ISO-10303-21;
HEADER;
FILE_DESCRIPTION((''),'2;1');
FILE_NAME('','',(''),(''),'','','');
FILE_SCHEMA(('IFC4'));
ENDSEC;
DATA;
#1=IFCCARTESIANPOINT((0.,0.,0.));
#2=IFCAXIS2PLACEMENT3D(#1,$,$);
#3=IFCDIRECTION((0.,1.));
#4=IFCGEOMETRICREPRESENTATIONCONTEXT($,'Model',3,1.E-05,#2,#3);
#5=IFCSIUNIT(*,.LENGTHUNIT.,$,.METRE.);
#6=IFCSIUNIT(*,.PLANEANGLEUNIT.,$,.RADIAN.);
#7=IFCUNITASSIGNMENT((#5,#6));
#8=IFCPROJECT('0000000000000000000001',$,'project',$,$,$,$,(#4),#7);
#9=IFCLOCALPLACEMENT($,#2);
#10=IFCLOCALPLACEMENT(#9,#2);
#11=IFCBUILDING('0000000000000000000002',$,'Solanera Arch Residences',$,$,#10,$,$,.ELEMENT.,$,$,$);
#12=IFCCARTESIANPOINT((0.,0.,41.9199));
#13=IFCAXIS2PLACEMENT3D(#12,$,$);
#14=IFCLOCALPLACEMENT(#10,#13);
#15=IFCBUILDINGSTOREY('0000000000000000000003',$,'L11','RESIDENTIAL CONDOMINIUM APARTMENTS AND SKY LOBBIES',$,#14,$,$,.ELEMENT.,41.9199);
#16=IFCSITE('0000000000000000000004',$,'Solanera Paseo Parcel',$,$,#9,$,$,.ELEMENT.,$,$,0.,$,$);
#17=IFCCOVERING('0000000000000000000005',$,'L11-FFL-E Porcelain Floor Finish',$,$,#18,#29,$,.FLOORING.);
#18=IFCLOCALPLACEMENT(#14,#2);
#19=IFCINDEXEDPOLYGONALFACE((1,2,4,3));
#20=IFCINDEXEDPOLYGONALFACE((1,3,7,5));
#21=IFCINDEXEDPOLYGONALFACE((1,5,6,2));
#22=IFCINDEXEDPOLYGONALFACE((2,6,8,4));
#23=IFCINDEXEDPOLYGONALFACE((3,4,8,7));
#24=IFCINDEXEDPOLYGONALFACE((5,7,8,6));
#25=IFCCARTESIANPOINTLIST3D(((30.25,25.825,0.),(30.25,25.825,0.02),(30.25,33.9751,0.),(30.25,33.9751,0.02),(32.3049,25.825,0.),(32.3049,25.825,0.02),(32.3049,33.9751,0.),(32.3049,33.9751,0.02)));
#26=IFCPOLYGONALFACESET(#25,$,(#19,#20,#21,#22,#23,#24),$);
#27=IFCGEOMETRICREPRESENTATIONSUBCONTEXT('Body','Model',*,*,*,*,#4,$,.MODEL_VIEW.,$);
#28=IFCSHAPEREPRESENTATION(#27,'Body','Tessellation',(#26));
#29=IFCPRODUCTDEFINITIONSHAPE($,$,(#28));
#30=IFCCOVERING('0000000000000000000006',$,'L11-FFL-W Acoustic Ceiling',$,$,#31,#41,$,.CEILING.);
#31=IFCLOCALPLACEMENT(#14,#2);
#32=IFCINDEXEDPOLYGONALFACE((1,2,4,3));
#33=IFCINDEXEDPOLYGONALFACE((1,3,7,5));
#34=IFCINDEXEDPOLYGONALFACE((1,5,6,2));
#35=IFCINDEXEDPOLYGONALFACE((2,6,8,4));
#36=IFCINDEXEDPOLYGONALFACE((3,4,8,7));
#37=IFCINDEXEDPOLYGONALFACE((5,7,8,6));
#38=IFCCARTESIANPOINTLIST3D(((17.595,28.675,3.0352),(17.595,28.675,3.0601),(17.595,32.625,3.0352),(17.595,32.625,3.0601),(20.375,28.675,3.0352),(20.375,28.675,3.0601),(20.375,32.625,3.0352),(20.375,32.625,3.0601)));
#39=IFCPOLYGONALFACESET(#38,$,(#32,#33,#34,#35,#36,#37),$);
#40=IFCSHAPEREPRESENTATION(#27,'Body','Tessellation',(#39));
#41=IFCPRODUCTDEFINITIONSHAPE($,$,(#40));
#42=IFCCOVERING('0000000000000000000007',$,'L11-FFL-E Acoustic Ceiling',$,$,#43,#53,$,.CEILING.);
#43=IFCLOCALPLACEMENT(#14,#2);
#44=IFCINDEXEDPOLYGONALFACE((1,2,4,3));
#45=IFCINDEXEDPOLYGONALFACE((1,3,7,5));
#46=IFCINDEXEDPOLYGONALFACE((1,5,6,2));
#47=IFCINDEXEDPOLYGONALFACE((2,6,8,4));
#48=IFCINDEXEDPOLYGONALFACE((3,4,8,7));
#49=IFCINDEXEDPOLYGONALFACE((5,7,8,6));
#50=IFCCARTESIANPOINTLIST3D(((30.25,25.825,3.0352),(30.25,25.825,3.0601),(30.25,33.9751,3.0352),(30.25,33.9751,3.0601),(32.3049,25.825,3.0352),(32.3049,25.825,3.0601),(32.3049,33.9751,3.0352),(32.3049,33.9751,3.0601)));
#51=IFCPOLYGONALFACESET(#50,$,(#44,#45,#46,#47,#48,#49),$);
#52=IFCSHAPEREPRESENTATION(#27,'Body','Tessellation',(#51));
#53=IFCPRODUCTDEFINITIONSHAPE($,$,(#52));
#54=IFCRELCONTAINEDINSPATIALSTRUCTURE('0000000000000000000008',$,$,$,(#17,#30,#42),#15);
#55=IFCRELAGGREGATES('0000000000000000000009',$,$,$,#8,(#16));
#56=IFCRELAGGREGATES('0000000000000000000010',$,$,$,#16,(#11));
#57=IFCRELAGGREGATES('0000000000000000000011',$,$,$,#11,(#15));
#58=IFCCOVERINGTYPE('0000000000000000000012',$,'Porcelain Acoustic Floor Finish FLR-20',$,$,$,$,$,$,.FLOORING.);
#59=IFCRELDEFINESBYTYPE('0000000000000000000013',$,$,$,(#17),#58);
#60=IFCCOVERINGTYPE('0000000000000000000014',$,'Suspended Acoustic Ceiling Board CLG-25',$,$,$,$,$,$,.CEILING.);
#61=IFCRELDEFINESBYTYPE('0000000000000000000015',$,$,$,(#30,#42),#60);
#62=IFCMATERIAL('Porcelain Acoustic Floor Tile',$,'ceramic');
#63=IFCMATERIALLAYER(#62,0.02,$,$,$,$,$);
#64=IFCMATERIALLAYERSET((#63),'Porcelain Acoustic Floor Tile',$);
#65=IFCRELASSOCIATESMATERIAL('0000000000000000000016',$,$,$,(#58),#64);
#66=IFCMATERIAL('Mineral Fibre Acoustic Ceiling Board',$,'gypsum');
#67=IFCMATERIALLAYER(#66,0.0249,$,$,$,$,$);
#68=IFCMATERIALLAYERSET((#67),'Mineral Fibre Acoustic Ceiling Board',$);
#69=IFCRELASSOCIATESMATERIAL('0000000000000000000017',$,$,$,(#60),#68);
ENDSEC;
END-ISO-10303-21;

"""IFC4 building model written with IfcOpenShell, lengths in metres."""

from ifc_helpers import new_model, si_unit, direction, frame, origin, place, context, subcontext, project, spatial, polyline, outline, extrude, material, layer, layer_set, type_object, element, save


model = new_model("IFC4")

# Units and contexts
model_context = context("Model", 3, precision=1e-05, world=origin(), true_north=direction((0.0, 1.0)))
body_context = subcontext(model_context, "Body", "Model", "MODEL_VIEW")
ifc_project = project(units=[si_unit("LENGTHUNIT", "METRE"), si_unit("PLANEANGLEUNIT", "RADIAN")], contexts=[model_context])

# Site, building, storey
site_placement = place(None, origin())
site = spatial("IfcSite", under=ifc_project, at=site_placement, Name="Solanera Paseo Parcel", CompositionType="ELEMENT", RefElevation=0.0)
building_placement = place(site_placement, origin())
building = spatial("IfcBuilding", under=site, at=building_placement, Name="Solanera Arch Residences", CompositionType="ELEMENT")
storey_placement = place(building_placement, frame((0.0, 0.0, 41.9199)))
storey = spatial("IfcBuildingStorey", under=building, at=storey_placement, Name="L11", Description="RESIDENTIAL CONDOMINIUM APARTMENTS AND SKY LOBBIES", CompositionType="ELEMENT", Elevation=41.9199)

# Coverings
ifc_material_1 = material(Name="Porcelain Acoustic Floor Tile", Category="ceramic")
ifc_layer_1 = layer(ifc_material_1, 0.02)
ifc_layer_set_1 = layer_set([ifc_layer_1], Name="Porcelain Acoustic Floor Tile")
covering_type_1 = type_object("IfcCoveringType", Name="Porcelain Acoustic Floor Finish FLR-20", PredefinedType="FLOORING", material=ifc_layer_set_1)
covering_1_placement = place(storey_placement, origin())
element("IfcCovering", 1, at=covering_1_placement, inside=storey, type_object=covering_type_1, Name="L11-FFL-E Porcelain Floor Finish", PredefinedType="FLOORING", context=body_context, shape_type="SweptSolid", body=[
    extrude(outline(polyline([(32.3049, 25.825), (30.25, 25.825), (30.25, 33.9751), (32.3049, 33.9751), (32.3049, 25.825)])), origin(), (0.0, 0.0, 1.0), 0.02),
])
ifc_material_2 = material(Name="Mineral Fibre Acoustic Ceiling Board", Category="gypsum")
ifc_layer_2 = layer(ifc_material_2, 0.0249)
ifc_layer_set_2 = layer_set([ifc_layer_2], Name="Mineral Fibre Acoustic Ceiling Board")
covering_type_2 = type_object("IfcCoveringType", Name="Suspended Acoustic Ceiling Board CLG-25", PredefinedType="CEILING", material=ifc_layer_set_2)
covering_2_placement = place(storey_placement, frame((0.0, 0.0, 3.0352)))
element("IfcCovering", 2, at=covering_2_placement, inside=storey, type_object=covering_type_2, Name="L11-FFL-W Acoustic Ceiling", PredefinedType="CEILING", context=body_context, shape_type="SweptSolid", body=[
    extrude(outline(polyline([(20.375, 28.675), (17.595, 28.675), (17.595, 32.625), (20.375, 32.625), (20.375, 28.675)])), origin(), (0.0, 0.0, 1.0), 0.0249),
])
covering_3_placement = place(storey_placement, frame((0.0, 0.0, 3.0352)))
element("IfcCovering", 3, at=covering_3_placement, inside=storey, type_object=covering_type_2, Name="L11-FFL-E Acoustic Ceiling", PredefinedType="CEILING", context=body_context, shape_type="SweptSolid", body=[
    extrude(outline(polyline([(32.3049, 25.825), (30.25, 25.825), (30.25, 33.9751), (32.3049, 33.9751), (32.3049, 25.825)])), origin(), (0.0, 0.0, 1.0), 0.0249),
])

save(model, "model.ifc")
